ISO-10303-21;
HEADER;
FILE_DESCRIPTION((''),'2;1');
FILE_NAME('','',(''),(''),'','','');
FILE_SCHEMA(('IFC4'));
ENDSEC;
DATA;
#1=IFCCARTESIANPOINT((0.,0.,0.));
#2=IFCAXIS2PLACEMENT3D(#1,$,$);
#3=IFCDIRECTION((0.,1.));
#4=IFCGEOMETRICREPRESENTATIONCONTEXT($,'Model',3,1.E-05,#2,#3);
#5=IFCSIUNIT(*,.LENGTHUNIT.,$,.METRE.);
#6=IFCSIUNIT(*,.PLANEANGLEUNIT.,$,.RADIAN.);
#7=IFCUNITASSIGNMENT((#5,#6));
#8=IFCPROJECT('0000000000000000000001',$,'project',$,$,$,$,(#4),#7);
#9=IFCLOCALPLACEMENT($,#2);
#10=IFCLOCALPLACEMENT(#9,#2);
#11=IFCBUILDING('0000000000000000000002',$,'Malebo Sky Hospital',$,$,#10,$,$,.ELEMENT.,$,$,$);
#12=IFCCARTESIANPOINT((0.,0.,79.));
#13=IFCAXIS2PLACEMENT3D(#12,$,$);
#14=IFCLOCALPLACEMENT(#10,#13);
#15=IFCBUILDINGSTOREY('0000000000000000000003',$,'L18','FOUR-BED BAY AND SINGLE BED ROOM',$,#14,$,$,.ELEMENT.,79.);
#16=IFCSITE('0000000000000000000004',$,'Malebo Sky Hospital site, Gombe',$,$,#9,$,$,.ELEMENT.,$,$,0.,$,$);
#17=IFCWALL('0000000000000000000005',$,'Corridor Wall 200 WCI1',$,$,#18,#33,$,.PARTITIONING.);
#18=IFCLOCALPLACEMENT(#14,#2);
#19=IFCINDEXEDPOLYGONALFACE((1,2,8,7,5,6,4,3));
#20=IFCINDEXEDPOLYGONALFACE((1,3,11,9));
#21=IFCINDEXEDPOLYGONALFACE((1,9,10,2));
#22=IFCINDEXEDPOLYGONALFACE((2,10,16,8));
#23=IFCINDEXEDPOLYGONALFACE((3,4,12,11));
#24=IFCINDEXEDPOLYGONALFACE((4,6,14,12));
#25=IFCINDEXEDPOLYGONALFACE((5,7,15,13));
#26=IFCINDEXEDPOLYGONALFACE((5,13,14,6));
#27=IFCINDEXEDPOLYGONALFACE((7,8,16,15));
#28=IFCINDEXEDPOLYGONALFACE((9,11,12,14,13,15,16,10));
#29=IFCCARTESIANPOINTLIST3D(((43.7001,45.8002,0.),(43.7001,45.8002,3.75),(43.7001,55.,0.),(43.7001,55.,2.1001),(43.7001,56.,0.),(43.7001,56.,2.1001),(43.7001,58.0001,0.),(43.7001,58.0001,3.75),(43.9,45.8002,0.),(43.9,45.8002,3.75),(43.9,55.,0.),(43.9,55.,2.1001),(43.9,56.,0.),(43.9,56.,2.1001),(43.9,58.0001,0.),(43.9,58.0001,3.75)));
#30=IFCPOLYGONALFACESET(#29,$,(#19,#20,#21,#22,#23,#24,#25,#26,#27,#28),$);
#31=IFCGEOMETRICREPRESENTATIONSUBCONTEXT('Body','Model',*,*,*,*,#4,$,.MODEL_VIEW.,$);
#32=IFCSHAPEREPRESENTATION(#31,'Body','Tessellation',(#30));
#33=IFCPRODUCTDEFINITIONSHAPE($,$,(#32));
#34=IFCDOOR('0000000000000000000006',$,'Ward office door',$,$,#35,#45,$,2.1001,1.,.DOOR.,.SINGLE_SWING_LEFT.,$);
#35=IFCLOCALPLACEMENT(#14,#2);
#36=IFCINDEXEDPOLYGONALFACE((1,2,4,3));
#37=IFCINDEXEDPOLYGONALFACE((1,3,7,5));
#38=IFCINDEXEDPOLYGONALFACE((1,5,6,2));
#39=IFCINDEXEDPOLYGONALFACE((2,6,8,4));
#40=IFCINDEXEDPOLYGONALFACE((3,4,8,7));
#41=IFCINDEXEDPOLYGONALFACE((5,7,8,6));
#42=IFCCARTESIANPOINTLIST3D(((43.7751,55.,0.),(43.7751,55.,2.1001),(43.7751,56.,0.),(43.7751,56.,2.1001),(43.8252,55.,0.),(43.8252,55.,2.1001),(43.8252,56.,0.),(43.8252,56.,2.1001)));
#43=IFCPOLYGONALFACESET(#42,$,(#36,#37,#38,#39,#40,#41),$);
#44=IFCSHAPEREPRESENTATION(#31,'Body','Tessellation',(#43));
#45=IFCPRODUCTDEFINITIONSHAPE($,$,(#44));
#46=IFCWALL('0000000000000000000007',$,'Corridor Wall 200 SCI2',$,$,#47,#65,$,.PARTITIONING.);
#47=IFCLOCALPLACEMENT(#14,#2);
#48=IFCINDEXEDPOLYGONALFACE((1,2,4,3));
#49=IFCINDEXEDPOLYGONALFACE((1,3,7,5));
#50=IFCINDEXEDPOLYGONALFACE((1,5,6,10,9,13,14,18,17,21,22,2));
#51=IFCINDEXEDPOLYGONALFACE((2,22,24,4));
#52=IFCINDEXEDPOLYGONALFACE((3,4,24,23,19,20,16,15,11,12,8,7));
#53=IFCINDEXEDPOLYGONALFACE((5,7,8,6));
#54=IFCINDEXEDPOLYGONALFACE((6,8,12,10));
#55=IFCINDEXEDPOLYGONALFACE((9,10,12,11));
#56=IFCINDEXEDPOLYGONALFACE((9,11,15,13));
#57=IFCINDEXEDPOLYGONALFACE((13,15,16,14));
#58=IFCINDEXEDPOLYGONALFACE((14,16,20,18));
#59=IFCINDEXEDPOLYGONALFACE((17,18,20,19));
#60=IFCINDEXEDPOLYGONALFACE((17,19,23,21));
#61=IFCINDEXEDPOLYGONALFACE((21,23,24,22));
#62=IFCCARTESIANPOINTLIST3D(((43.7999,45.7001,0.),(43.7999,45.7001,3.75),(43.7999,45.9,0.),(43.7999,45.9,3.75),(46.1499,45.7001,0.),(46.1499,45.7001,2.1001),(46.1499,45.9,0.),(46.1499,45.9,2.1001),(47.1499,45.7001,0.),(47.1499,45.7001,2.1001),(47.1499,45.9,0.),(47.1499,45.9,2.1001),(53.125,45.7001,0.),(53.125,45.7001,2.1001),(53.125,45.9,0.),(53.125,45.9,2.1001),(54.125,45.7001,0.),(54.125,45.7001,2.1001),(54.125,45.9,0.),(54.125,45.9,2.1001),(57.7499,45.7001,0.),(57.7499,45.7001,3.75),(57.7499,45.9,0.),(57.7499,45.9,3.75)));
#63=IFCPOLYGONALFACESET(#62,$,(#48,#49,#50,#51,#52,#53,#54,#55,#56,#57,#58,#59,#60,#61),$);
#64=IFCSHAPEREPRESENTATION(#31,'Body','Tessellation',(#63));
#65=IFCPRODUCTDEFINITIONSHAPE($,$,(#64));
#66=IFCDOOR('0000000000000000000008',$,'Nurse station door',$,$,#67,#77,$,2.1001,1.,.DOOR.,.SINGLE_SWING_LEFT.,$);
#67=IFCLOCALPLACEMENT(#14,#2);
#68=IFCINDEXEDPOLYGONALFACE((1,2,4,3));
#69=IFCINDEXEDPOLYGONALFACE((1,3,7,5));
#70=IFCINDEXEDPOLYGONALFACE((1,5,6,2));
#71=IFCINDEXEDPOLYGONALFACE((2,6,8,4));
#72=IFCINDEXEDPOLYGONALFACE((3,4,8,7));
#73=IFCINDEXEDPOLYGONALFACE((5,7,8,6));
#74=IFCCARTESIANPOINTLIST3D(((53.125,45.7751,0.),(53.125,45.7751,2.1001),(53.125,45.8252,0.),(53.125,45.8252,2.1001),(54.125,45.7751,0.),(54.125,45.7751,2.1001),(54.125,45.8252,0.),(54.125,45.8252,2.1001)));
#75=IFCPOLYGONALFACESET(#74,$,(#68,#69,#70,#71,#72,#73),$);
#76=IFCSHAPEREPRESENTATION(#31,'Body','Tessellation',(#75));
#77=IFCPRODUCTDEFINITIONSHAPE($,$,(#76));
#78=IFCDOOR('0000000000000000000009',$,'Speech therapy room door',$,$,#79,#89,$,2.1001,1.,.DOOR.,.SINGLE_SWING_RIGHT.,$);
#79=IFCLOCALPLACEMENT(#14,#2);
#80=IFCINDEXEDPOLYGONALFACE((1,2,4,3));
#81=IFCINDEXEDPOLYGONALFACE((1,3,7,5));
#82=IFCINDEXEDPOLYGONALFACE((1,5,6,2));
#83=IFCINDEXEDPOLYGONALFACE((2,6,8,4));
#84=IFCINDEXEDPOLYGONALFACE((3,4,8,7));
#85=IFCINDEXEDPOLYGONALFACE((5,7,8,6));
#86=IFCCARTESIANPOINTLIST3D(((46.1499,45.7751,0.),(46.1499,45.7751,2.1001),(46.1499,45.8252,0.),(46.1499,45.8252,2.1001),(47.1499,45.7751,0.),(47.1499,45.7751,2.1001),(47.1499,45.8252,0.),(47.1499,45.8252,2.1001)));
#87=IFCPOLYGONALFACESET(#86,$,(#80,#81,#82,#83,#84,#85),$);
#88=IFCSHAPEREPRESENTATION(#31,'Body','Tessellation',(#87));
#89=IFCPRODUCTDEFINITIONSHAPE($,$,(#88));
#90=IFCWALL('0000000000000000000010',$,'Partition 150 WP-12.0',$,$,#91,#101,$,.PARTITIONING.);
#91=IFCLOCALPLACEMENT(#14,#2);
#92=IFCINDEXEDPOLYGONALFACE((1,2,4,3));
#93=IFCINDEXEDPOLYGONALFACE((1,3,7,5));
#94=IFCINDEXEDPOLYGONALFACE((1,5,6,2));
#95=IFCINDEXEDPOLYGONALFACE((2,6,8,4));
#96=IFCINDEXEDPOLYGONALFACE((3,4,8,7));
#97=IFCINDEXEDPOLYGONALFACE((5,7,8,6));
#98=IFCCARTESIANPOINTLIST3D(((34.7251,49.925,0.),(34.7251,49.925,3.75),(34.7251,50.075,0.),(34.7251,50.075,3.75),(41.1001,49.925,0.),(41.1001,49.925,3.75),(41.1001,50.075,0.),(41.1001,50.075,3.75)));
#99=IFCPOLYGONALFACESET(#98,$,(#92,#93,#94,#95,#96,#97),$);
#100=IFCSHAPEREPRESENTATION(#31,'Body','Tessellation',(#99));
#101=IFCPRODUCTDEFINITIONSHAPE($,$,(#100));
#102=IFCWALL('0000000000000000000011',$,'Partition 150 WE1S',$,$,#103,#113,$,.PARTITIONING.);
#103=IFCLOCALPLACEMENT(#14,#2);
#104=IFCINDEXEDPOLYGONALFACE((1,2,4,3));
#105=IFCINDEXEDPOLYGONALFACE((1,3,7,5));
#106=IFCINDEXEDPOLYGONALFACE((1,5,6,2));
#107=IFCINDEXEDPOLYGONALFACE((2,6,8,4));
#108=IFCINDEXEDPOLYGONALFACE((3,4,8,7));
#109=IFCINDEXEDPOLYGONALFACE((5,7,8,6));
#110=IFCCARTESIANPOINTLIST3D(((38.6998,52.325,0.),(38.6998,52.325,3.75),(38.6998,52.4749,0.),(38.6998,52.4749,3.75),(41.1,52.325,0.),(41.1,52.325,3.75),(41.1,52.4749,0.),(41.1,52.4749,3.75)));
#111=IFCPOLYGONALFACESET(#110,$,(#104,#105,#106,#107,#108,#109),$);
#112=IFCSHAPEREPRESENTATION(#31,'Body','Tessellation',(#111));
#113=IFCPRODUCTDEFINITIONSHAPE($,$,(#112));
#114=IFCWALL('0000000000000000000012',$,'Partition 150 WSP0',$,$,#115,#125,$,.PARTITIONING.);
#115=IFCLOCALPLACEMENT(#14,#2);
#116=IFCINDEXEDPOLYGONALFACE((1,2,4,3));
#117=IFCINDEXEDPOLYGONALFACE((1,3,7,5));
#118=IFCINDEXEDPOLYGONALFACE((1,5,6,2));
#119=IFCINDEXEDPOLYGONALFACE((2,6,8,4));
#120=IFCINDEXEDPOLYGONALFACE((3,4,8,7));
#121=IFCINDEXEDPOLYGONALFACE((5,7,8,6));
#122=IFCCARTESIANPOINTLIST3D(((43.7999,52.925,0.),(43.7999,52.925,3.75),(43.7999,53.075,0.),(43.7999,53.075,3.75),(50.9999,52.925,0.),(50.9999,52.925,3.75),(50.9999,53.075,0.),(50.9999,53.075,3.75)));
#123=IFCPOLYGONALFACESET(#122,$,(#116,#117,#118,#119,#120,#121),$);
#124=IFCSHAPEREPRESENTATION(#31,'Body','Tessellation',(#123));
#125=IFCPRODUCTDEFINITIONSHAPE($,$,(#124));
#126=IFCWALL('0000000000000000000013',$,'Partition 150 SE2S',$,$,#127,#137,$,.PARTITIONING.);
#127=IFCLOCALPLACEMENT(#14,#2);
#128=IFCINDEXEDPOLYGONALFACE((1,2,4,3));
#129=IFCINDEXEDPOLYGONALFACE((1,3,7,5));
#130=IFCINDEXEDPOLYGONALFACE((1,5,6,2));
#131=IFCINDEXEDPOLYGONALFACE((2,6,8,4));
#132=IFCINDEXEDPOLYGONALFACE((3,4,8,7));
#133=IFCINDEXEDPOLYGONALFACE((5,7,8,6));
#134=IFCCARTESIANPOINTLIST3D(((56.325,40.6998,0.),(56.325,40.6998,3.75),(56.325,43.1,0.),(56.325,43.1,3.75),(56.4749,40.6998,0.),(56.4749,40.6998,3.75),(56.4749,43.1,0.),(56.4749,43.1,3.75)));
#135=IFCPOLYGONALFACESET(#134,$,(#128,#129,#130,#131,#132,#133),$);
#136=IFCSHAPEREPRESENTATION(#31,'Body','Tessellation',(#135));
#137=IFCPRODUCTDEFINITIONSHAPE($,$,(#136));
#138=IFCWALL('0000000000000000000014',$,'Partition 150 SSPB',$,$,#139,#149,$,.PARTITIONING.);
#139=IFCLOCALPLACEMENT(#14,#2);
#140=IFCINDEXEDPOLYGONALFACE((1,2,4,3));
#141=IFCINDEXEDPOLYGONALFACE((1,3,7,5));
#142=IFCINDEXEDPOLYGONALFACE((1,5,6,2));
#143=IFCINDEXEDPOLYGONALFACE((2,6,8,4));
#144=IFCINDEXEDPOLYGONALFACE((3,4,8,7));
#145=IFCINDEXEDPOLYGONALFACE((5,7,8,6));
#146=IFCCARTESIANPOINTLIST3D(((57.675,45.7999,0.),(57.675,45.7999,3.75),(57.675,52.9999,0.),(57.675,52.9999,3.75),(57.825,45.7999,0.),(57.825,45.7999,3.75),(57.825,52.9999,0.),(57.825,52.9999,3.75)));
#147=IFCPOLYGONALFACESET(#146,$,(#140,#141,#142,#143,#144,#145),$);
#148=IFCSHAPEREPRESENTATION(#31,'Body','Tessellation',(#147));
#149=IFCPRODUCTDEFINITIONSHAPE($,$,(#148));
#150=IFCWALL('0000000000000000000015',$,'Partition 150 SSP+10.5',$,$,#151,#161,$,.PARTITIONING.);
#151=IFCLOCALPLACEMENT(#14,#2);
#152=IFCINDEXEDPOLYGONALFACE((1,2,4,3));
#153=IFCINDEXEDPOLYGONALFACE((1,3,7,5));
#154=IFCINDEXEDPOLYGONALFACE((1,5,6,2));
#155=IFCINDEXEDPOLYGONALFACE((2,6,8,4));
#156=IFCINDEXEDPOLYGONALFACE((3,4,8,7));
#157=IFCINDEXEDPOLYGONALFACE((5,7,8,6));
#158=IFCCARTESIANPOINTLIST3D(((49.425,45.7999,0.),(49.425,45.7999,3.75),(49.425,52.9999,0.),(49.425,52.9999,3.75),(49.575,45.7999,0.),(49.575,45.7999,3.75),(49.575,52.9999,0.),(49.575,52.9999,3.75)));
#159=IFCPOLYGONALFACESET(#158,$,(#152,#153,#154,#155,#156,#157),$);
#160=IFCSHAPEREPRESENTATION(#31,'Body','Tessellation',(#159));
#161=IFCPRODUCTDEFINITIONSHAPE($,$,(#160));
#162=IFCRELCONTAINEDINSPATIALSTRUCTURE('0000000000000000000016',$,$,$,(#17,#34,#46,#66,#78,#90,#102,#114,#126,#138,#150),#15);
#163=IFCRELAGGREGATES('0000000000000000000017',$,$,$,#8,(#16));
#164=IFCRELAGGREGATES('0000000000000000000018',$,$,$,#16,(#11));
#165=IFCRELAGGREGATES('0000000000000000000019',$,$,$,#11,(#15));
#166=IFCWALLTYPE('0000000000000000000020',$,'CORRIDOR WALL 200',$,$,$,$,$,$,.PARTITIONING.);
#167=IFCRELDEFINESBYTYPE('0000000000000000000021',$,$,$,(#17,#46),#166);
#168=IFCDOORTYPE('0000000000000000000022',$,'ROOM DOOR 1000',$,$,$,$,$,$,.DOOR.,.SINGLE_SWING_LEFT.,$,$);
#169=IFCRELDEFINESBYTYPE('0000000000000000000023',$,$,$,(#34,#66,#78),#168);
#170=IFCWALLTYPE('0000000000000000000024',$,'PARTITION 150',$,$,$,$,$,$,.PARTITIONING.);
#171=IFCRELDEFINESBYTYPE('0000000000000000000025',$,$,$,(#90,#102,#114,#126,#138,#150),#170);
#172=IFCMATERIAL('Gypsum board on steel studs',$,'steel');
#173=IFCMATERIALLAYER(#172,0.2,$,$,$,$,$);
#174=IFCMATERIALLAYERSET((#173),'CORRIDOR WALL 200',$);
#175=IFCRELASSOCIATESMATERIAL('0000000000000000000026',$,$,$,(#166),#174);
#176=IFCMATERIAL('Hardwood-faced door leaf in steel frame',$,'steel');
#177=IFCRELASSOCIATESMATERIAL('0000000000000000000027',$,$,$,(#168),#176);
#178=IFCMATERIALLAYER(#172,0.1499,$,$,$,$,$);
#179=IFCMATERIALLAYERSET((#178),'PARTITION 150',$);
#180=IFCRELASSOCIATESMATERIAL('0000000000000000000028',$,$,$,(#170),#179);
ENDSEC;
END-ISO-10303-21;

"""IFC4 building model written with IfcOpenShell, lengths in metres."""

from ifc_helpers import new_model, si_unit, direction, frame, frame_2d, origin, place, context, subcontext, project, spatial, rectangle, extrude, material, layer, layer_set, type_object, element, fill, save


model = new_model("IFC4")

# Units and contexts
model_context = context("Model", 3, precision=1e-05, world=origin(), true_north=direction((0.0, 1.0)))
body_context = subcontext(model_context, "Body", "Model", "MODEL_VIEW")
ifc_project = project(units=[si_unit("LENGTHUNIT", "METRE"), si_unit("PLANEANGLEUNIT", "RADIAN")], contexts=[model_context])

# Site, building, storey
site_placement = place(None, origin())
site = spatial("IfcSite", under=ifc_project, at=site_placement, Name="Malebo Sky Hospital site, Gombe", CompositionType="ELEMENT", RefElevation=0.0)
building_placement = place(site_placement, origin())
building = spatial("IfcBuilding", under=site, at=building_placement, Name="Malebo Sky Hospital", CompositionType="ELEMENT")
storey_placement = place(building_placement, frame((0.0, 0.0, 79.0)))
storey = spatial("IfcBuildingStorey", under=building, at=storey_placement, Name="L18", Description="FOUR-BED BAY AND SINGLE BED ROOM", CompositionType="ELEMENT", Elevation=79.0)

# Wall, opening, door
ifc_material_1 = material(Name="Gypsum board on steel studs", Category="steel")
ifc_layer_1 = layer(ifc_material_1, 0.2)
ifc_layer_set_1 = layer_set([ifc_layer_1], Name="CORRIDOR WALL 200")
wall_type_1 = type_object("IfcWallType", Name="CORRIDOR WALL 200", PredefinedType="PARTITIONING", material=ifc_layer_set_1)
wall_1_placement = place(storey_placement, frame((43.8, 45.8, 0.0), z_axis=(0.0, 0.0, 1.0), x_axis=(0.0, 1.0, 0.0)))
wall_1 = element("IfcWall", 1, at=wall_1_placement, inside=storey, type_object=wall_type_1, Name="Corridor Wall 200 WCI1", PredefinedType="PARTITIONING", context=body_context, shape_type="SweptSolid", body=[
    extrude(rectangle(XDim=12.2, YDim=0.2, at=frame_2d((6.1001, 0.0))), origin(), (0.0, 0.0, 1.0), 3.75),
])
opening_1_placement = place(wall_1_placement, frame((9.2, 0.0, 0.0)))
opening_1 = element("IfcOpeningElement", 2, at=opening_1_placement, cuts=wall_1, PredefinedType="OPENING", context=body_context, shape_type="SweptSolid", body=[
    extrude(rectangle(XDim=1.0, YDim=2.1001, at=frame_2d((0.5, 1.05))), frame((0.0, 0.1099, 0.0), z_axis=(0.0, -1.0, 0.0), x_axis=(1.0, 0.0, 0.0)), (0.0, 0.0, 1.0), 0.22),
])
ifc_material_2 = material(Name="Hardwood-faced door leaf in steel frame", Category="steel")
door_type = type_object("IfcDoorType", Name="ROOM DOOR 1000", OperationType="SINGLE_SWING_LEFT", PredefinedType="DOOR", material=ifc_material_2)
door_1_placement = place(opening_1_placement, origin())
door_1 = element("IfcDoor", 3, at=door_1_placement, inside=storey, type_object=door_type, Name="Ward office door", OperationType="SINGLE_SWING_LEFT", OverallHeight=2.1001, OverallWidth=1.0, PredefinedType="DOOR", context=body_context, shape_type="SweptSolid", body=[
    extrude(rectangle(XDim=1.0, YDim=2.1001, at=frame_2d((0.5, 1.05))), frame((0.0, 0.0249, 0.0), z_axis=(0.0, -1.0, 0.0), x_axis=(1.0, 0.0, 0.0)), (0.0, 0.0, 1.0), 0.05),
])
fill(opening_1, door_1)

# Wall, openings, doors
wall_2_placement = place(storey_placement, frame((57.75, 45.8, 0.0), z_axis=(0.0, 0.0, 1.0), x_axis=(-1.0, 0.0, 0.0)))
wall_2 = element("IfcWall", 4, at=wall_2_placement, inside=storey, type_object=wall_type_1, Name="Corridor Wall 200 SCI2", PredefinedType="PARTITIONING", context=body_context, shape_type="SweptSolid", body=[
    extrude(rectangle(XDim=13.95, YDim=0.2, at=frame_2d((6.9751, 0.0))), origin(), (0.0, 0.0, 1.0), 3.75),
])
opening_2_placement = place(wall_2_placement, frame((3.625, 0.0, 0.0)))
opening_2 = element("IfcOpeningElement", 5, at=opening_2_placement, cuts=wall_2, PredefinedType="OPENING", context=body_context, shape_type="SweptSolid", body=[
    extrude(rectangle(XDim=1.0, YDim=2.1001, at=frame_2d((0.5, 1.05))), frame((0.0, 0.1099, 0.0), z_axis=(0.0, -1.0, 0.0), x_axis=(1.0, 0.0, 0.0)), (0.0, 0.0, 1.0), 0.22),
])
opening_3_placement = place(wall_2_placement, frame((10.6001, 0.0, 0.0)))
opening_3 = element("IfcOpeningElement", 6, at=opening_3_placement, cuts=wall_2, PredefinedType="OPENING", context=body_context, shape_type="SweptSolid", body=[
    extrude(rectangle(XDim=1.0, YDim=2.1001, at=frame_2d((0.5, 1.05))), frame((0.0, 0.1099, 0.0), z_axis=(0.0, -1.0, 0.0), x_axis=(1.0, 0.0, 0.0)), (0.0, 0.0, 1.0), 0.22),
])
door_2_placement = place(opening_2_placement, origin())
door_2 = element("IfcDoor", 7, at=door_2_placement, inside=storey, type_object=door_type, Name="Nurse station door", OperationType="SINGLE_SWING_LEFT", OverallHeight=2.1001, OverallWidth=1.0, PredefinedType="DOOR", context=body_context, shape_type="SweptSolid", body=[
    extrude(rectangle(XDim=1.0, YDim=2.1001, at=frame_2d((0.5, 1.05))), frame((0.0, 0.0249, 0.0), z_axis=(0.0, -1.0, 0.0), x_axis=(1.0, 0.0, 0.0)), (0.0, 0.0, 1.0), 0.05),
])
fill(opening_2, door_2)
door_3_placement = place(opening_3_placement, origin())
door_3 = element("IfcDoor", 8, at=door_3_placement, inside=storey, type_object=door_type, Name="Speech therapy room door", OperationType="SINGLE_SWING_RIGHT", OverallHeight=2.1001, OverallWidth=1.0, PredefinedType="DOOR", context=body_context, shape_type="SweptSolid", body=[
    extrude(rectangle(XDim=1.0, YDim=2.1001, at=frame_2d((0.5, 1.05))), frame((0.0, 0.0249, 0.0), z_axis=(0.0, -1.0, 0.0), x_axis=(1.0, 0.0, 0.0)), (0.0, 0.0, 1.0), 0.05),
])
fill(opening_3, door_3)

# Walls
ifc_layer_2 = layer(ifc_material_1, 0.1499)
ifc_layer_set_2 = layer_set([ifc_layer_2], Name="PARTITION 150")
wall_type_2 = type_object("IfcWallType", Name="PARTITION 150", PredefinedType="PARTITIONING", material=ifc_layer_set_2)
wall_3_placement = place(storey_placement, frame((41.1001, 50.0, 0.0), z_axis=(0.0, 0.0, 1.0), x_axis=(-1.0, 0.0, 0.0)))
element("IfcWall", 9, at=wall_3_placement, inside=storey, type_object=wall_type_2, Name="Partition 150 WP-12.0", PredefinedType="PARTITIONING", context=body_context, shape_type="SweptSolid", body=[
    extrude(rectangle(XDim=6.375, YDim=0.1499, at=frame_2d((3.1875, 0.0))), origin(), (0.0, 0.0, 1.0), 3.75),
])
wall_4_placement = place(storey_placement, frame((41.1001, 52.3999, 0.0), z_axis=(0.0, 0.0, 1.0), x_axis=(-1.0, 0.0, 0.0)))
element("IfcWall", 10, at=wall_4_placement, inside=storey, type_object=wall_type_2, Name="Partition 150 WE1S", PredefinedType="PARTITIONING", context=body_context, shape_type="SweptSolid", body=[
    extrude(rectangle(XDim=2.4001, YDim=0.1499, at=frame_2d((1.2002, 0.0))), origin(), (0.0, 0.0, 1.0), 3.75),
])
wall_5_placement = place(storey_placement, frame((51.0, 53.0, 0.0), z_axis=(0.0, 0.0, 1.0), x_axis=(-1.0, 0.0, 0.0)))
element("IfcWall", 11, at=wall_5_placement, inside=storey, type_object=wall_type_2, Name="Partition 150 WSP0", PredefinedType="PARTITIONING", context=body_context, shape_type="SweptSolid", body=[
    extrude(rectangle(XDim=7.2, YDim=0.1499, at=frame_2d((3.6001, 0.0))), origin(), (0.0, 0.0, 1.0), 3.75),
])
wall_6_placement = place(storey_placement, frame((56.3999, 43.1001, 0.0), z_axis=(0.0, 0.0, 1.0), x_axis=(0.0, -1.0, 0.0)))
element("IfcWall", 12, at=wall_6_placement, inside=storey, type_object=wall_type_2, Name="Partition 150 SE2S", PredefinedType="PARTITIONING", context=body_context, shape_type="SweptSolid", body=[
    extrude(rectangle(XDim=2.4001, YDim=0.1499, at=frame_2d((1.2002, 0.0))), origin(), (0.0, 0.0, 1.0), 3.75),
])
for number, where, z_axis, x_axis, name in (
    (13, (57.75, 53.0, 0.0), (0.0, 0.0, 1.0), (0.0, -1.0, 0.0), "Partition 150 SSPB"),
    (14, (49.5, 53.0, 0.0), (0.0, 0.0, 1.0), (0.0, -1.0, 0.0), "Partition 150 SSP+10.5"),
):
    element("IfcWall", number, at=place(storey_placement, frame(where, z_axis=z_axis, x_axis=x_axis)), inside=storey, type_object=wall_type_2, Name=name, PredefinedType="PARTITIONING", context=body_context, shape_type="SweptSolid", body=[
        extrude(rectangle(XDim=7.2, YDim=0.1499, at=frame_2d((3.6001, 0.0))), origin(), (0.0, 0.0, 1.0), 3.75),
    ])

save(model, "model.ifc")
